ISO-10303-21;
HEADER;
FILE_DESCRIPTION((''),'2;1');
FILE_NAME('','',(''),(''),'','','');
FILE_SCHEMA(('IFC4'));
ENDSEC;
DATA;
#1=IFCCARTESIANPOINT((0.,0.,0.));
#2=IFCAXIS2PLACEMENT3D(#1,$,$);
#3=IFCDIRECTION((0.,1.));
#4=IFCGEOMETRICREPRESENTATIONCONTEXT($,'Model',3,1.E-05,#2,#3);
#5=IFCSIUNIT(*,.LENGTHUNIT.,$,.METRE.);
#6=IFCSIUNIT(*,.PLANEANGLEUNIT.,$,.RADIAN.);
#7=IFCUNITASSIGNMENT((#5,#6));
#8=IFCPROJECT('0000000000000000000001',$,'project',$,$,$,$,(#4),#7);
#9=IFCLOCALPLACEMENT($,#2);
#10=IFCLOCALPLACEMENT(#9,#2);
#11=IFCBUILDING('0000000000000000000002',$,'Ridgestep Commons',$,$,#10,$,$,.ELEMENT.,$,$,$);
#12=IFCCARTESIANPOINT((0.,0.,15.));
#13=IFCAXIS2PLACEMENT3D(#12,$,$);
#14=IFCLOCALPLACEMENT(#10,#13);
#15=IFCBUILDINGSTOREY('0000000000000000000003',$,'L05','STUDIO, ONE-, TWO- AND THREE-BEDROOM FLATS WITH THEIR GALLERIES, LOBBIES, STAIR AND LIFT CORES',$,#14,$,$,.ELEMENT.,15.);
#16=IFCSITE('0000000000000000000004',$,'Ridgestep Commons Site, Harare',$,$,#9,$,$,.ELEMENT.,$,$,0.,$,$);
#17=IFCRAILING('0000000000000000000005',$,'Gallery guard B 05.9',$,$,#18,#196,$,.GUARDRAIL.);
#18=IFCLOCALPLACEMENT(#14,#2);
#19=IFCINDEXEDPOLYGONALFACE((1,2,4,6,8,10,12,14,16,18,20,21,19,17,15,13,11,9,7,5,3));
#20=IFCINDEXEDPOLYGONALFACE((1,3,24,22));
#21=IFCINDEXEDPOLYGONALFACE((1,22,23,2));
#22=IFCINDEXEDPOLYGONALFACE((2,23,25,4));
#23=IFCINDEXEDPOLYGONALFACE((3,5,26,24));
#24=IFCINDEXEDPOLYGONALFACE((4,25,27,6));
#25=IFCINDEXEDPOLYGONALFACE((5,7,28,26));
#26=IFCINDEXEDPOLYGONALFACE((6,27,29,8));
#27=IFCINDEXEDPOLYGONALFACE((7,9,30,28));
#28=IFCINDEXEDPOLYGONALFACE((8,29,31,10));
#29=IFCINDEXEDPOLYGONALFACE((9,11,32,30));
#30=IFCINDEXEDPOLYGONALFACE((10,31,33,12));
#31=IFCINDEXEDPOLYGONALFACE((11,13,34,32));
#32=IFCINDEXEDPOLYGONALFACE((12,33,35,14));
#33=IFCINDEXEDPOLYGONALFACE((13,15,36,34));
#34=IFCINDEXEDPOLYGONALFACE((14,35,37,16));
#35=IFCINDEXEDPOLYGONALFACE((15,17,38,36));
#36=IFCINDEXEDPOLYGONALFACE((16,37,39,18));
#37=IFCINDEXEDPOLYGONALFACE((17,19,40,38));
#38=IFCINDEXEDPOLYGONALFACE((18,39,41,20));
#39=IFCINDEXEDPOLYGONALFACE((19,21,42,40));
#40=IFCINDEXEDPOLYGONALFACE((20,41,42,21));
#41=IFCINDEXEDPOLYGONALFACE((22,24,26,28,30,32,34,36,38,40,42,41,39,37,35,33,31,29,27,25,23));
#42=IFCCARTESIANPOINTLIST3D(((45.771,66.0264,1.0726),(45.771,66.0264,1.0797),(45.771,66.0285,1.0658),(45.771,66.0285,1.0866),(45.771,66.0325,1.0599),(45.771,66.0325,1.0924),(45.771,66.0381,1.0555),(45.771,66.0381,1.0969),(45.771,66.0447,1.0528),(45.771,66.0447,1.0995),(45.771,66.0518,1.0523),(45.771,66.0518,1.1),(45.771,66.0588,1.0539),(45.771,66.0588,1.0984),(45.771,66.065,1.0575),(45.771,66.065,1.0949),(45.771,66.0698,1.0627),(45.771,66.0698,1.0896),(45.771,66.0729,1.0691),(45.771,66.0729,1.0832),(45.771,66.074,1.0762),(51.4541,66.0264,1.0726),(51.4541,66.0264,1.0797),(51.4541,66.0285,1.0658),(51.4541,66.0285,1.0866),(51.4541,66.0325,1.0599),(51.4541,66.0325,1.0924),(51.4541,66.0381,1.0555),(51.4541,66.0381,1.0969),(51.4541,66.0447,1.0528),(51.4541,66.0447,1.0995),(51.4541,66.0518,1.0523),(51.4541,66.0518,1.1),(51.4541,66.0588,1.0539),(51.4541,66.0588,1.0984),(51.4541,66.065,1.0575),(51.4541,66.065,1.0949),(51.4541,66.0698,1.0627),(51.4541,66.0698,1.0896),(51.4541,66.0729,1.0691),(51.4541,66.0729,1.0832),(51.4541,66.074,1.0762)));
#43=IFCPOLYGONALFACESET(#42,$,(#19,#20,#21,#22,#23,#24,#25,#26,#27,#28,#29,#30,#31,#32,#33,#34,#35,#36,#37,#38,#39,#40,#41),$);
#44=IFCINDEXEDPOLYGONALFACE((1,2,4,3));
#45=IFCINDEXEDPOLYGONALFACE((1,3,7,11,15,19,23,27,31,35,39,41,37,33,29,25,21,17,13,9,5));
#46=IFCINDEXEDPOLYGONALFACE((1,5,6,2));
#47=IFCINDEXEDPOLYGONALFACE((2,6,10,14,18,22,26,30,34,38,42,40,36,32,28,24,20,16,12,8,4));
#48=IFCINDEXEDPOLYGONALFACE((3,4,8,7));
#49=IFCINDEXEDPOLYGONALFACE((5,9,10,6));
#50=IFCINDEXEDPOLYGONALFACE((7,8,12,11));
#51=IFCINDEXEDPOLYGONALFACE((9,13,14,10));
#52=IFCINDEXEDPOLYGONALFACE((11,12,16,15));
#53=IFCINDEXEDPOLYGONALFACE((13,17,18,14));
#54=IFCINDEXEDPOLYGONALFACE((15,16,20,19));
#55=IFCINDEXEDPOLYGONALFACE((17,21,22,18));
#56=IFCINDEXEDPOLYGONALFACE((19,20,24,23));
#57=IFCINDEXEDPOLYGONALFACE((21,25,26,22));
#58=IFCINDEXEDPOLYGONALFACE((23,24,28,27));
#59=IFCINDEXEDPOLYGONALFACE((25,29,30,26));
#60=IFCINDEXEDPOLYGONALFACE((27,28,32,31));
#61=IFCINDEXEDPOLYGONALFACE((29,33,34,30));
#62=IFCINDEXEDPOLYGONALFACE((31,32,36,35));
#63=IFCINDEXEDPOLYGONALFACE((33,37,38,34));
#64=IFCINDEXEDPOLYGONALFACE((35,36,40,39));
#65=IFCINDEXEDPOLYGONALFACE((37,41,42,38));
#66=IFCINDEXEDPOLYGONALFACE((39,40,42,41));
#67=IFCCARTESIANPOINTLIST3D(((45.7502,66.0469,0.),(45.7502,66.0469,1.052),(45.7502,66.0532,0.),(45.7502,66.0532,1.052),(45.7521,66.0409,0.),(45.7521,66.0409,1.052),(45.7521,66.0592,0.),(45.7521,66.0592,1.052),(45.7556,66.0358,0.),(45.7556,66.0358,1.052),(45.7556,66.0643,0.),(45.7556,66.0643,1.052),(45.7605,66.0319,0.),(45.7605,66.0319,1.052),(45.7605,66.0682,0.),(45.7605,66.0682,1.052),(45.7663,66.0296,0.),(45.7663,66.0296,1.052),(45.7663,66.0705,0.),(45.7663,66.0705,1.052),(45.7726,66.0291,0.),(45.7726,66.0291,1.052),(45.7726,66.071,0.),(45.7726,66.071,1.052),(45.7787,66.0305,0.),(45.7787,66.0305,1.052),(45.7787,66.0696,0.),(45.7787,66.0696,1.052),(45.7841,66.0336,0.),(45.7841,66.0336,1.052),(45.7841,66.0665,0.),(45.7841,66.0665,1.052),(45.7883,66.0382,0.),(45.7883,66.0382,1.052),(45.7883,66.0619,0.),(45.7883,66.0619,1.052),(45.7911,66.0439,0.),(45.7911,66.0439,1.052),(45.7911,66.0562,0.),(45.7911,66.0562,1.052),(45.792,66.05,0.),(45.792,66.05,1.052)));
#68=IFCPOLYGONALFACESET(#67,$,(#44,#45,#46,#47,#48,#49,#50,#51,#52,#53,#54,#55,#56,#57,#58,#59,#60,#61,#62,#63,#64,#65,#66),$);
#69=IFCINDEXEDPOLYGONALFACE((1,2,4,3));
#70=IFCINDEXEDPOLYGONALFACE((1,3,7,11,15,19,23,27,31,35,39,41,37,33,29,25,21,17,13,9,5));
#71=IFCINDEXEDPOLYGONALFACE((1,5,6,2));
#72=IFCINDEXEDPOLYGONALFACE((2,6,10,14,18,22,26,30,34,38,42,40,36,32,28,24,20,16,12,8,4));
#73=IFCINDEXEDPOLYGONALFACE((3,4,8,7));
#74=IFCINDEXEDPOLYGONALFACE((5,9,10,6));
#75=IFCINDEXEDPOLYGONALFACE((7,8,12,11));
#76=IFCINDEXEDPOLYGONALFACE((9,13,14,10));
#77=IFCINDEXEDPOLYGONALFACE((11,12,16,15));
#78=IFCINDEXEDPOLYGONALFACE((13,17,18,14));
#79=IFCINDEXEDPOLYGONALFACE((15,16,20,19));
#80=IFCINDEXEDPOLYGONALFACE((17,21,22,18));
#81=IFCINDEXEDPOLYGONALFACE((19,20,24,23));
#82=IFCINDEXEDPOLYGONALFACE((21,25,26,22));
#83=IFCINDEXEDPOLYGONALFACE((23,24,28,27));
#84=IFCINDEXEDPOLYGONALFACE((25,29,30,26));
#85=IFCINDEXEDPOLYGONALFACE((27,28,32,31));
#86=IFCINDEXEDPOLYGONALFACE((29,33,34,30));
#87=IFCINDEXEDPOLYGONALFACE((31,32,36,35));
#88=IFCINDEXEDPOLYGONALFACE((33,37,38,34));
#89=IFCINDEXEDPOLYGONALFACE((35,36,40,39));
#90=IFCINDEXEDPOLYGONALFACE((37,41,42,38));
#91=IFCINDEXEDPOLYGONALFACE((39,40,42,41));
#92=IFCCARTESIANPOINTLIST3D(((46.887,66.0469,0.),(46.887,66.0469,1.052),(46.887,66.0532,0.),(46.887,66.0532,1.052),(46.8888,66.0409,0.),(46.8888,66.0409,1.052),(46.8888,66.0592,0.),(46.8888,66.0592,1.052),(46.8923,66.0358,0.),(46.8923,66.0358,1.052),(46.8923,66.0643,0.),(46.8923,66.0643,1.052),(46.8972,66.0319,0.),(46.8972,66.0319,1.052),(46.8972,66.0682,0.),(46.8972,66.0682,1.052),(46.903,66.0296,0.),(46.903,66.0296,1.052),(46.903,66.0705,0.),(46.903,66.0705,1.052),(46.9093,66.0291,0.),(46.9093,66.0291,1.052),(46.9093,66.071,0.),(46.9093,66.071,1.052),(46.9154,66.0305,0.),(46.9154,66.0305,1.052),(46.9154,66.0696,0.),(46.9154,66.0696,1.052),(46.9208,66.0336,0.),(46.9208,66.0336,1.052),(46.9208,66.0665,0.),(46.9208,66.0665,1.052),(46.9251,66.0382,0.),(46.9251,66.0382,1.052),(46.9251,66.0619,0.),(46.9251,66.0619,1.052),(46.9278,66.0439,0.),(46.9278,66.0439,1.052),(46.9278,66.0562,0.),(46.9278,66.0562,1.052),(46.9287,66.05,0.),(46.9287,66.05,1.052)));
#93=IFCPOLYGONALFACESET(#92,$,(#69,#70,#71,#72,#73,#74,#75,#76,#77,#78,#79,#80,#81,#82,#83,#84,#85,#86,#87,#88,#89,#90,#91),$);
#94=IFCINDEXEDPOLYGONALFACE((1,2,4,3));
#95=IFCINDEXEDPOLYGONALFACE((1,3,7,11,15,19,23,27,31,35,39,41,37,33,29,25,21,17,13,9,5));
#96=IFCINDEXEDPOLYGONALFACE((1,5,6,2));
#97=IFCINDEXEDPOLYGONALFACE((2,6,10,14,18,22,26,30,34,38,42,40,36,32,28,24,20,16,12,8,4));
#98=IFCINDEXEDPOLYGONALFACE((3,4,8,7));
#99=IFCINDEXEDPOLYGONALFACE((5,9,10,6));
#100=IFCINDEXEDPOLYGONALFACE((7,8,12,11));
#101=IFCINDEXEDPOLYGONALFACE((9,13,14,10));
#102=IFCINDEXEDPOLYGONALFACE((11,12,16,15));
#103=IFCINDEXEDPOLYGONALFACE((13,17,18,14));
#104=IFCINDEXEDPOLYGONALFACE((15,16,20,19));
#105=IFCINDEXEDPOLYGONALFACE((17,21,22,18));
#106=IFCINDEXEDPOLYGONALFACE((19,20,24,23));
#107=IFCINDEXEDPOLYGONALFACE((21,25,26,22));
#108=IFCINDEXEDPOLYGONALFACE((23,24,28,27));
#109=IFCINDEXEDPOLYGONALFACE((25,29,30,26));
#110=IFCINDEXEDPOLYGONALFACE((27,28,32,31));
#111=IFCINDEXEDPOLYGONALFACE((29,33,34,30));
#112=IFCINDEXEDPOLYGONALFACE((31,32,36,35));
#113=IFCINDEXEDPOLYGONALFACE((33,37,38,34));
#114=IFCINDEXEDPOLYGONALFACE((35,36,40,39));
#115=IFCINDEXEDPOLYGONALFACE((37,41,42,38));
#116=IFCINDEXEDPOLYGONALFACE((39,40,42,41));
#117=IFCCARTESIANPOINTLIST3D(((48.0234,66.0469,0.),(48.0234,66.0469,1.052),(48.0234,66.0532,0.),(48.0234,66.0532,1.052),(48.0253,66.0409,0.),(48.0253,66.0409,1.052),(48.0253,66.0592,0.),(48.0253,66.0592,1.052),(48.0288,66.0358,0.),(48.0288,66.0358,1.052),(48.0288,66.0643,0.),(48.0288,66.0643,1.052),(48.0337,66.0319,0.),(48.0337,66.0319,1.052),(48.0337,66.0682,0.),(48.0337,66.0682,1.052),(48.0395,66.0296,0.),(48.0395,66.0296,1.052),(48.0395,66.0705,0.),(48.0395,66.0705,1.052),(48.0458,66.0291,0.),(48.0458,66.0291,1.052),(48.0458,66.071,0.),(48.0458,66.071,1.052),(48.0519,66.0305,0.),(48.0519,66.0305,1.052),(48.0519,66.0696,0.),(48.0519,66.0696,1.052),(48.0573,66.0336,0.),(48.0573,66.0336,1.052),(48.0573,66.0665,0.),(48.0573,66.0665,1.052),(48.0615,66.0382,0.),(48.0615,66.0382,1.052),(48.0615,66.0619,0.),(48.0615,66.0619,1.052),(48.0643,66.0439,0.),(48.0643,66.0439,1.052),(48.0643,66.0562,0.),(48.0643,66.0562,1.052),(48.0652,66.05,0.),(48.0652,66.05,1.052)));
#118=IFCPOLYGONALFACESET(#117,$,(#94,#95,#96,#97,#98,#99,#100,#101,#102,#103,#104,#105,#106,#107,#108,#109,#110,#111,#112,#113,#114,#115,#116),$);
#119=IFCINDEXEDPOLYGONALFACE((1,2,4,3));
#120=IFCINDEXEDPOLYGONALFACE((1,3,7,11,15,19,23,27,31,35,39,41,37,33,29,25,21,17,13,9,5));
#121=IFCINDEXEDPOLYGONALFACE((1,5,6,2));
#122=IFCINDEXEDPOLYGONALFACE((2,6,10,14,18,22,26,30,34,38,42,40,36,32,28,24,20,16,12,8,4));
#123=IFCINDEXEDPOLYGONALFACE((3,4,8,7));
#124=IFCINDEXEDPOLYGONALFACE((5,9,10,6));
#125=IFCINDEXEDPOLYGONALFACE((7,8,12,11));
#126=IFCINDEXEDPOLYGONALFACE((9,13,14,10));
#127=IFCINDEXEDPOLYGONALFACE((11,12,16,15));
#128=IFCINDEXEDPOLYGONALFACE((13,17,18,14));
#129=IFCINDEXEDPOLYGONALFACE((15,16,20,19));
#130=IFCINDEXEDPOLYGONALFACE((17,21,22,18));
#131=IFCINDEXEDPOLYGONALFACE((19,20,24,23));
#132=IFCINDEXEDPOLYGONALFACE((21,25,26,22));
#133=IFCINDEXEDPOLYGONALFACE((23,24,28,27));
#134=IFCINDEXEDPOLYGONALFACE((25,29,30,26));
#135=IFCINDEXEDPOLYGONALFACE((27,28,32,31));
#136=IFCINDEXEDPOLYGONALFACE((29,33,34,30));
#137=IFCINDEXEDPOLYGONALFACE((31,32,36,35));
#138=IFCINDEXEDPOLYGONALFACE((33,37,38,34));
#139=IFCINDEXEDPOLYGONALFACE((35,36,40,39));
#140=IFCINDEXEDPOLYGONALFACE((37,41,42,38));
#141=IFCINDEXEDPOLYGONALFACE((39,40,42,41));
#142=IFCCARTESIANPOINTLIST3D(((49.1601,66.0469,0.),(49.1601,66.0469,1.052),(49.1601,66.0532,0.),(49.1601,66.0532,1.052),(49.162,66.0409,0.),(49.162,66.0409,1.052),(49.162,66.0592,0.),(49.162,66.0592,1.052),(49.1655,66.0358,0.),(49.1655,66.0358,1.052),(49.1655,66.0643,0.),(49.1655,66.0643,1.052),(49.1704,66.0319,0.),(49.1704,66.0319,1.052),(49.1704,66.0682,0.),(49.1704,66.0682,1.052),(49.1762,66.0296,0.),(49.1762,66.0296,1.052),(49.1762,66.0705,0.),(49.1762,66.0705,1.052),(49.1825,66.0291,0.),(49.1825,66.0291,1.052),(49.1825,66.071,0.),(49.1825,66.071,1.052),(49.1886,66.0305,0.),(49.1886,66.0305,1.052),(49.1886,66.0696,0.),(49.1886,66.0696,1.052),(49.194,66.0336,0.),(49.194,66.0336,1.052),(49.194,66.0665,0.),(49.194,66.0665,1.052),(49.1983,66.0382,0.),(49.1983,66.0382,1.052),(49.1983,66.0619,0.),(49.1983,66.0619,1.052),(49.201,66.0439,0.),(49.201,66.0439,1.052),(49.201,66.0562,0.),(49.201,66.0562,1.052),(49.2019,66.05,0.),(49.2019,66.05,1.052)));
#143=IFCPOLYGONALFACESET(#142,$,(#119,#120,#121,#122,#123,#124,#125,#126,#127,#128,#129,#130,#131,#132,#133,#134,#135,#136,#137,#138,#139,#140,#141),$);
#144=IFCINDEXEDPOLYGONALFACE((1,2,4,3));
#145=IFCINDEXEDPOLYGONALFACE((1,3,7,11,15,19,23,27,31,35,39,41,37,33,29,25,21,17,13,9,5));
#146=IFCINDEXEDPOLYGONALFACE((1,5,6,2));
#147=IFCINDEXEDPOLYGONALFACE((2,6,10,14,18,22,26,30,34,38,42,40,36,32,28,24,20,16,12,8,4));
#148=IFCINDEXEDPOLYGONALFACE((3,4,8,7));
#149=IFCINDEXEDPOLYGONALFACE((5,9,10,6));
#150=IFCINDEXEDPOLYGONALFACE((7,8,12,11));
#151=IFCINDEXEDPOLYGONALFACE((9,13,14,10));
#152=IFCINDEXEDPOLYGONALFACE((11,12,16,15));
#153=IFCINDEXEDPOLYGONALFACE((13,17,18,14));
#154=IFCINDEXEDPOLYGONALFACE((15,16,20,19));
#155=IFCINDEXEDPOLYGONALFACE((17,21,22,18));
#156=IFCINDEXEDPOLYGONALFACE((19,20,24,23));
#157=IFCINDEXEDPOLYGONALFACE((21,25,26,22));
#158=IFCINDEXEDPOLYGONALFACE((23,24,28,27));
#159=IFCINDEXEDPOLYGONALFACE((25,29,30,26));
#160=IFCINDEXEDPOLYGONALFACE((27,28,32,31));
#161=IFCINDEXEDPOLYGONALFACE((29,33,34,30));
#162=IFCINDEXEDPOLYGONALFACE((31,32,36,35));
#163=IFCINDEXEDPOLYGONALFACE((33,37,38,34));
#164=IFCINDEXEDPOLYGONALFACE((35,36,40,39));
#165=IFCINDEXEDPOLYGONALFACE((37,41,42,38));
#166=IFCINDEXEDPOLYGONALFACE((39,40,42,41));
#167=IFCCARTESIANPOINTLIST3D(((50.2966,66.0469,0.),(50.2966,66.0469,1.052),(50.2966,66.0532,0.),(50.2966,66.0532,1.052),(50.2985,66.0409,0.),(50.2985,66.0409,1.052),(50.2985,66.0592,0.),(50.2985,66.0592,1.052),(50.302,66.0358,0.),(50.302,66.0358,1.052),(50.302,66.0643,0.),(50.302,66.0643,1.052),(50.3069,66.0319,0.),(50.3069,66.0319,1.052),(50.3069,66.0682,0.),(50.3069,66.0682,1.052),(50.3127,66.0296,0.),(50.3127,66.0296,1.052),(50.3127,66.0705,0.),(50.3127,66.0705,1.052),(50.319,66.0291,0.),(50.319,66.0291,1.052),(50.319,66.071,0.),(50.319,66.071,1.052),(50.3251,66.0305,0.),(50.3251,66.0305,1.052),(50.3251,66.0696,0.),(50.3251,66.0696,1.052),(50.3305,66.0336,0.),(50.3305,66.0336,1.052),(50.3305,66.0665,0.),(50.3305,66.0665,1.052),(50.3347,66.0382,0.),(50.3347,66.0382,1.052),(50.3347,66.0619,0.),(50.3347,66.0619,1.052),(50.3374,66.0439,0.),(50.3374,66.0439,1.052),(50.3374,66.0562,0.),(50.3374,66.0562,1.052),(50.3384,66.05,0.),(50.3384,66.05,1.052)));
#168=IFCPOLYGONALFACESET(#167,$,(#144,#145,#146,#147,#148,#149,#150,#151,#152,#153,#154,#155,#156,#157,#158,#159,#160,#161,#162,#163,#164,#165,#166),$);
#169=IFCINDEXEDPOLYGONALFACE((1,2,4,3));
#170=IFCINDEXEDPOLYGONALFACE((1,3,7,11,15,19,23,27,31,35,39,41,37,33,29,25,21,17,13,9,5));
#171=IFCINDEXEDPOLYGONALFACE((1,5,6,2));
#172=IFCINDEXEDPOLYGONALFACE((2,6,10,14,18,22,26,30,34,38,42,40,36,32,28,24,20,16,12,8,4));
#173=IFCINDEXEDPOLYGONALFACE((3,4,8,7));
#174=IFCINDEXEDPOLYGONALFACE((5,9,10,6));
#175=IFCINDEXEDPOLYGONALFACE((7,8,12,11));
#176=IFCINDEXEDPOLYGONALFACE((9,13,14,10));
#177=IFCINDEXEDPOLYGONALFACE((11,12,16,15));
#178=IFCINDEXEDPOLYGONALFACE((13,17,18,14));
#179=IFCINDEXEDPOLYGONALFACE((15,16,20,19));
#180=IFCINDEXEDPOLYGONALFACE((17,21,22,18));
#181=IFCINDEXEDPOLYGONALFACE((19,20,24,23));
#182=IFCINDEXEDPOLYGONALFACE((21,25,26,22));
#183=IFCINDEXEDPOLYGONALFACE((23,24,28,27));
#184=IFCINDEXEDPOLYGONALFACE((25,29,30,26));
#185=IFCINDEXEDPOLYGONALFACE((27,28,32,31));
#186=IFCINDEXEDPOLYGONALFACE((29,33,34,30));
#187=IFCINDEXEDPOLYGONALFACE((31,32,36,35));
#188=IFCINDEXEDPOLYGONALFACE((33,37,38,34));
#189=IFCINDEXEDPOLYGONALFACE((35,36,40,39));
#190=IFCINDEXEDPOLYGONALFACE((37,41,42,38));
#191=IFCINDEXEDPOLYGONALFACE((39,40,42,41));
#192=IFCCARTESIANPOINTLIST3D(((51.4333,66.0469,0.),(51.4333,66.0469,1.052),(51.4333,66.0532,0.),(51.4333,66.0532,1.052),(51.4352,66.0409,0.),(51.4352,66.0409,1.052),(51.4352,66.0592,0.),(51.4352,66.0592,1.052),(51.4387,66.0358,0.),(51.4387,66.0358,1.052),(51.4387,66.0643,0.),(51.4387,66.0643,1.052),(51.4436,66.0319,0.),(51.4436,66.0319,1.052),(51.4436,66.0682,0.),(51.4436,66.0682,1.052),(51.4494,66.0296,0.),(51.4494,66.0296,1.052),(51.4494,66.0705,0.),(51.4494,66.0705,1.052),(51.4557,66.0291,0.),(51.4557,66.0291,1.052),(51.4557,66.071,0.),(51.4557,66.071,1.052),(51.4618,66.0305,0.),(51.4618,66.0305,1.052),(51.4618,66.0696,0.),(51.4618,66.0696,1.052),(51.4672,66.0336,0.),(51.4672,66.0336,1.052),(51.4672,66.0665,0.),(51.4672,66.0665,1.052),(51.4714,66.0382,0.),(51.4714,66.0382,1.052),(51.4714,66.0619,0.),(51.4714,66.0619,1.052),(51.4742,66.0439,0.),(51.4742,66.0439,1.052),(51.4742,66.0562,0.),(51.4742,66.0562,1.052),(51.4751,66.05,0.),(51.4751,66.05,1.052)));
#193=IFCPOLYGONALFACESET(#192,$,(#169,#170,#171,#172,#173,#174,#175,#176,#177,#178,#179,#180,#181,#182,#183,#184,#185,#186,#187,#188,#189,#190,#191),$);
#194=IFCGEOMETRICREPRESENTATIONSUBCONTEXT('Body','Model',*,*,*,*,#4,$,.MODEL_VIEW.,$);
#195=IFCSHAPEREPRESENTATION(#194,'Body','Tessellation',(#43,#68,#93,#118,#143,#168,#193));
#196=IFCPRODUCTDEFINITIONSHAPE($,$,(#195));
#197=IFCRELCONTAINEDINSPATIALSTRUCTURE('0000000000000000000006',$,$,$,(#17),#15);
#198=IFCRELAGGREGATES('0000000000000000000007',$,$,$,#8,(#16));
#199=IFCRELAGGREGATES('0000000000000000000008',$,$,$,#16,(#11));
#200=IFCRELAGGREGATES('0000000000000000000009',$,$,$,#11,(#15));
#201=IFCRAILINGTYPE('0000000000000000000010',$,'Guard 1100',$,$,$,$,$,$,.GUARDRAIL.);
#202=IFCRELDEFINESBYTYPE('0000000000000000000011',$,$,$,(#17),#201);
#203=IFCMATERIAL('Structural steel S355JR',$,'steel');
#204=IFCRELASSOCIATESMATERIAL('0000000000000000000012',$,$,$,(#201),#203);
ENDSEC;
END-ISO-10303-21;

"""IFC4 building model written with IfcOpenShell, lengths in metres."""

from ifc_helpers import new_model, si_unit, direction, frame, origin, origin_2d, place, context, subcontext, project, spatial, circle, extrude, material, type_object, element, save


model = new_model("IFC4")

# Units and contexts
model_context = context("Model", 3, precision=1e-05, world=origin(), true_north=direction((0.0, 1.0)))
body_context = subcontext(model_context, "Body", "Model", "MODEL_VIEW")
ifc_project = project(units=[si_unit("LENGTHUNIT", "METRE"), si_unit("PLANEANGLEUNIT", "RADIAN")], contexts=[model_context])

# Site, building, storey
site_placement = place(None, origin())
site = spatial("IfcSite", under=ifc_project, at=site_placement, Name="Ridgestep Commons Site, Harare", CompositionType="ELEMENT", RefElevation=0.0)
building_placement = place(site_placement, origin())
building = spatial("IfcBuilding", under=site, at=building_placement, Name="Ridgestep Commons", CompositionType="ELEMENT")
storey_placement = place(building_placement, frame((0.0, 0.0, 15.0)))
storey = spatial("IfcBuildingStorey", under=building, at=storey_placement, Name="L05", Description="STUDIO, ONE-, TWO- AND THREE-BEDROOM FLATS WITH THEIR GALLERIES, LOBBIES, STAIR AND LIFT CORES", CompositionType="ELEMENT", Elevation=15.0)

# Railing
ifc_material_1 = material(Name="Structural steel S355JR", Category="steel")
railing_type = type_object("IfcRailingType", Name="Guard 1100", PredefinedType="GUARDRAIL", material=ifc_material_1)
railing_1_placement = place(storey_placement, frame((45.771, 66.05, 0.0)))
element("IfcRailing", 1, at=railing_1_placement, inside=storey, type_object=railing_type, Name="Gallery guard B 05.9", PredefinedType="GUARDRAIL", context=body_context, shape_type="SweptSolid", body=[
    extrude(circle(Radius=0.0239, at=origin_2d()), frame((0.0, 0.0, 1.0762), z_axis=(1.0, 0.0, 0.0), x_axis=(0.0, 1.0, 0.0)), (0.0, 0.0, 1.0), 5.6831),
    extrude(circle(Radius=0.021, at=origin_2d()), origin(), (0.0, 0.0, 1.0), 1.052),
    extrude(circle(Radius=0.021, at=origin_2d()), frame((1.1367, 0.0, 0.0)), (0.0, 0.0, 1.0), 1.052),
    extrude(circle(Radius=0.021, at=origin_2d()), frame((2.2732, 0.0, 0.0)), (0.0, 0.0, 1.0), 1.052),
    extrude(circle(Radius=0.021, at=origin_2d()), frame((3.4099, 0.0, 0.0)), (0.0, 0.0, 1.0), 1.052),
    extrude(circle(Radius=0.021, at=origin_2d()), frame((4.5464, 0.0, 0.0)), (0.0, 0.0, 1.0), 1.052),
    extrude(circle(Radius=0.021, at=origin_2d()), frame((5.6831, 0.0, 0.0)), (0.0, 0.0, 1.0), 1.052),
])

save(model, "model.ifc")
